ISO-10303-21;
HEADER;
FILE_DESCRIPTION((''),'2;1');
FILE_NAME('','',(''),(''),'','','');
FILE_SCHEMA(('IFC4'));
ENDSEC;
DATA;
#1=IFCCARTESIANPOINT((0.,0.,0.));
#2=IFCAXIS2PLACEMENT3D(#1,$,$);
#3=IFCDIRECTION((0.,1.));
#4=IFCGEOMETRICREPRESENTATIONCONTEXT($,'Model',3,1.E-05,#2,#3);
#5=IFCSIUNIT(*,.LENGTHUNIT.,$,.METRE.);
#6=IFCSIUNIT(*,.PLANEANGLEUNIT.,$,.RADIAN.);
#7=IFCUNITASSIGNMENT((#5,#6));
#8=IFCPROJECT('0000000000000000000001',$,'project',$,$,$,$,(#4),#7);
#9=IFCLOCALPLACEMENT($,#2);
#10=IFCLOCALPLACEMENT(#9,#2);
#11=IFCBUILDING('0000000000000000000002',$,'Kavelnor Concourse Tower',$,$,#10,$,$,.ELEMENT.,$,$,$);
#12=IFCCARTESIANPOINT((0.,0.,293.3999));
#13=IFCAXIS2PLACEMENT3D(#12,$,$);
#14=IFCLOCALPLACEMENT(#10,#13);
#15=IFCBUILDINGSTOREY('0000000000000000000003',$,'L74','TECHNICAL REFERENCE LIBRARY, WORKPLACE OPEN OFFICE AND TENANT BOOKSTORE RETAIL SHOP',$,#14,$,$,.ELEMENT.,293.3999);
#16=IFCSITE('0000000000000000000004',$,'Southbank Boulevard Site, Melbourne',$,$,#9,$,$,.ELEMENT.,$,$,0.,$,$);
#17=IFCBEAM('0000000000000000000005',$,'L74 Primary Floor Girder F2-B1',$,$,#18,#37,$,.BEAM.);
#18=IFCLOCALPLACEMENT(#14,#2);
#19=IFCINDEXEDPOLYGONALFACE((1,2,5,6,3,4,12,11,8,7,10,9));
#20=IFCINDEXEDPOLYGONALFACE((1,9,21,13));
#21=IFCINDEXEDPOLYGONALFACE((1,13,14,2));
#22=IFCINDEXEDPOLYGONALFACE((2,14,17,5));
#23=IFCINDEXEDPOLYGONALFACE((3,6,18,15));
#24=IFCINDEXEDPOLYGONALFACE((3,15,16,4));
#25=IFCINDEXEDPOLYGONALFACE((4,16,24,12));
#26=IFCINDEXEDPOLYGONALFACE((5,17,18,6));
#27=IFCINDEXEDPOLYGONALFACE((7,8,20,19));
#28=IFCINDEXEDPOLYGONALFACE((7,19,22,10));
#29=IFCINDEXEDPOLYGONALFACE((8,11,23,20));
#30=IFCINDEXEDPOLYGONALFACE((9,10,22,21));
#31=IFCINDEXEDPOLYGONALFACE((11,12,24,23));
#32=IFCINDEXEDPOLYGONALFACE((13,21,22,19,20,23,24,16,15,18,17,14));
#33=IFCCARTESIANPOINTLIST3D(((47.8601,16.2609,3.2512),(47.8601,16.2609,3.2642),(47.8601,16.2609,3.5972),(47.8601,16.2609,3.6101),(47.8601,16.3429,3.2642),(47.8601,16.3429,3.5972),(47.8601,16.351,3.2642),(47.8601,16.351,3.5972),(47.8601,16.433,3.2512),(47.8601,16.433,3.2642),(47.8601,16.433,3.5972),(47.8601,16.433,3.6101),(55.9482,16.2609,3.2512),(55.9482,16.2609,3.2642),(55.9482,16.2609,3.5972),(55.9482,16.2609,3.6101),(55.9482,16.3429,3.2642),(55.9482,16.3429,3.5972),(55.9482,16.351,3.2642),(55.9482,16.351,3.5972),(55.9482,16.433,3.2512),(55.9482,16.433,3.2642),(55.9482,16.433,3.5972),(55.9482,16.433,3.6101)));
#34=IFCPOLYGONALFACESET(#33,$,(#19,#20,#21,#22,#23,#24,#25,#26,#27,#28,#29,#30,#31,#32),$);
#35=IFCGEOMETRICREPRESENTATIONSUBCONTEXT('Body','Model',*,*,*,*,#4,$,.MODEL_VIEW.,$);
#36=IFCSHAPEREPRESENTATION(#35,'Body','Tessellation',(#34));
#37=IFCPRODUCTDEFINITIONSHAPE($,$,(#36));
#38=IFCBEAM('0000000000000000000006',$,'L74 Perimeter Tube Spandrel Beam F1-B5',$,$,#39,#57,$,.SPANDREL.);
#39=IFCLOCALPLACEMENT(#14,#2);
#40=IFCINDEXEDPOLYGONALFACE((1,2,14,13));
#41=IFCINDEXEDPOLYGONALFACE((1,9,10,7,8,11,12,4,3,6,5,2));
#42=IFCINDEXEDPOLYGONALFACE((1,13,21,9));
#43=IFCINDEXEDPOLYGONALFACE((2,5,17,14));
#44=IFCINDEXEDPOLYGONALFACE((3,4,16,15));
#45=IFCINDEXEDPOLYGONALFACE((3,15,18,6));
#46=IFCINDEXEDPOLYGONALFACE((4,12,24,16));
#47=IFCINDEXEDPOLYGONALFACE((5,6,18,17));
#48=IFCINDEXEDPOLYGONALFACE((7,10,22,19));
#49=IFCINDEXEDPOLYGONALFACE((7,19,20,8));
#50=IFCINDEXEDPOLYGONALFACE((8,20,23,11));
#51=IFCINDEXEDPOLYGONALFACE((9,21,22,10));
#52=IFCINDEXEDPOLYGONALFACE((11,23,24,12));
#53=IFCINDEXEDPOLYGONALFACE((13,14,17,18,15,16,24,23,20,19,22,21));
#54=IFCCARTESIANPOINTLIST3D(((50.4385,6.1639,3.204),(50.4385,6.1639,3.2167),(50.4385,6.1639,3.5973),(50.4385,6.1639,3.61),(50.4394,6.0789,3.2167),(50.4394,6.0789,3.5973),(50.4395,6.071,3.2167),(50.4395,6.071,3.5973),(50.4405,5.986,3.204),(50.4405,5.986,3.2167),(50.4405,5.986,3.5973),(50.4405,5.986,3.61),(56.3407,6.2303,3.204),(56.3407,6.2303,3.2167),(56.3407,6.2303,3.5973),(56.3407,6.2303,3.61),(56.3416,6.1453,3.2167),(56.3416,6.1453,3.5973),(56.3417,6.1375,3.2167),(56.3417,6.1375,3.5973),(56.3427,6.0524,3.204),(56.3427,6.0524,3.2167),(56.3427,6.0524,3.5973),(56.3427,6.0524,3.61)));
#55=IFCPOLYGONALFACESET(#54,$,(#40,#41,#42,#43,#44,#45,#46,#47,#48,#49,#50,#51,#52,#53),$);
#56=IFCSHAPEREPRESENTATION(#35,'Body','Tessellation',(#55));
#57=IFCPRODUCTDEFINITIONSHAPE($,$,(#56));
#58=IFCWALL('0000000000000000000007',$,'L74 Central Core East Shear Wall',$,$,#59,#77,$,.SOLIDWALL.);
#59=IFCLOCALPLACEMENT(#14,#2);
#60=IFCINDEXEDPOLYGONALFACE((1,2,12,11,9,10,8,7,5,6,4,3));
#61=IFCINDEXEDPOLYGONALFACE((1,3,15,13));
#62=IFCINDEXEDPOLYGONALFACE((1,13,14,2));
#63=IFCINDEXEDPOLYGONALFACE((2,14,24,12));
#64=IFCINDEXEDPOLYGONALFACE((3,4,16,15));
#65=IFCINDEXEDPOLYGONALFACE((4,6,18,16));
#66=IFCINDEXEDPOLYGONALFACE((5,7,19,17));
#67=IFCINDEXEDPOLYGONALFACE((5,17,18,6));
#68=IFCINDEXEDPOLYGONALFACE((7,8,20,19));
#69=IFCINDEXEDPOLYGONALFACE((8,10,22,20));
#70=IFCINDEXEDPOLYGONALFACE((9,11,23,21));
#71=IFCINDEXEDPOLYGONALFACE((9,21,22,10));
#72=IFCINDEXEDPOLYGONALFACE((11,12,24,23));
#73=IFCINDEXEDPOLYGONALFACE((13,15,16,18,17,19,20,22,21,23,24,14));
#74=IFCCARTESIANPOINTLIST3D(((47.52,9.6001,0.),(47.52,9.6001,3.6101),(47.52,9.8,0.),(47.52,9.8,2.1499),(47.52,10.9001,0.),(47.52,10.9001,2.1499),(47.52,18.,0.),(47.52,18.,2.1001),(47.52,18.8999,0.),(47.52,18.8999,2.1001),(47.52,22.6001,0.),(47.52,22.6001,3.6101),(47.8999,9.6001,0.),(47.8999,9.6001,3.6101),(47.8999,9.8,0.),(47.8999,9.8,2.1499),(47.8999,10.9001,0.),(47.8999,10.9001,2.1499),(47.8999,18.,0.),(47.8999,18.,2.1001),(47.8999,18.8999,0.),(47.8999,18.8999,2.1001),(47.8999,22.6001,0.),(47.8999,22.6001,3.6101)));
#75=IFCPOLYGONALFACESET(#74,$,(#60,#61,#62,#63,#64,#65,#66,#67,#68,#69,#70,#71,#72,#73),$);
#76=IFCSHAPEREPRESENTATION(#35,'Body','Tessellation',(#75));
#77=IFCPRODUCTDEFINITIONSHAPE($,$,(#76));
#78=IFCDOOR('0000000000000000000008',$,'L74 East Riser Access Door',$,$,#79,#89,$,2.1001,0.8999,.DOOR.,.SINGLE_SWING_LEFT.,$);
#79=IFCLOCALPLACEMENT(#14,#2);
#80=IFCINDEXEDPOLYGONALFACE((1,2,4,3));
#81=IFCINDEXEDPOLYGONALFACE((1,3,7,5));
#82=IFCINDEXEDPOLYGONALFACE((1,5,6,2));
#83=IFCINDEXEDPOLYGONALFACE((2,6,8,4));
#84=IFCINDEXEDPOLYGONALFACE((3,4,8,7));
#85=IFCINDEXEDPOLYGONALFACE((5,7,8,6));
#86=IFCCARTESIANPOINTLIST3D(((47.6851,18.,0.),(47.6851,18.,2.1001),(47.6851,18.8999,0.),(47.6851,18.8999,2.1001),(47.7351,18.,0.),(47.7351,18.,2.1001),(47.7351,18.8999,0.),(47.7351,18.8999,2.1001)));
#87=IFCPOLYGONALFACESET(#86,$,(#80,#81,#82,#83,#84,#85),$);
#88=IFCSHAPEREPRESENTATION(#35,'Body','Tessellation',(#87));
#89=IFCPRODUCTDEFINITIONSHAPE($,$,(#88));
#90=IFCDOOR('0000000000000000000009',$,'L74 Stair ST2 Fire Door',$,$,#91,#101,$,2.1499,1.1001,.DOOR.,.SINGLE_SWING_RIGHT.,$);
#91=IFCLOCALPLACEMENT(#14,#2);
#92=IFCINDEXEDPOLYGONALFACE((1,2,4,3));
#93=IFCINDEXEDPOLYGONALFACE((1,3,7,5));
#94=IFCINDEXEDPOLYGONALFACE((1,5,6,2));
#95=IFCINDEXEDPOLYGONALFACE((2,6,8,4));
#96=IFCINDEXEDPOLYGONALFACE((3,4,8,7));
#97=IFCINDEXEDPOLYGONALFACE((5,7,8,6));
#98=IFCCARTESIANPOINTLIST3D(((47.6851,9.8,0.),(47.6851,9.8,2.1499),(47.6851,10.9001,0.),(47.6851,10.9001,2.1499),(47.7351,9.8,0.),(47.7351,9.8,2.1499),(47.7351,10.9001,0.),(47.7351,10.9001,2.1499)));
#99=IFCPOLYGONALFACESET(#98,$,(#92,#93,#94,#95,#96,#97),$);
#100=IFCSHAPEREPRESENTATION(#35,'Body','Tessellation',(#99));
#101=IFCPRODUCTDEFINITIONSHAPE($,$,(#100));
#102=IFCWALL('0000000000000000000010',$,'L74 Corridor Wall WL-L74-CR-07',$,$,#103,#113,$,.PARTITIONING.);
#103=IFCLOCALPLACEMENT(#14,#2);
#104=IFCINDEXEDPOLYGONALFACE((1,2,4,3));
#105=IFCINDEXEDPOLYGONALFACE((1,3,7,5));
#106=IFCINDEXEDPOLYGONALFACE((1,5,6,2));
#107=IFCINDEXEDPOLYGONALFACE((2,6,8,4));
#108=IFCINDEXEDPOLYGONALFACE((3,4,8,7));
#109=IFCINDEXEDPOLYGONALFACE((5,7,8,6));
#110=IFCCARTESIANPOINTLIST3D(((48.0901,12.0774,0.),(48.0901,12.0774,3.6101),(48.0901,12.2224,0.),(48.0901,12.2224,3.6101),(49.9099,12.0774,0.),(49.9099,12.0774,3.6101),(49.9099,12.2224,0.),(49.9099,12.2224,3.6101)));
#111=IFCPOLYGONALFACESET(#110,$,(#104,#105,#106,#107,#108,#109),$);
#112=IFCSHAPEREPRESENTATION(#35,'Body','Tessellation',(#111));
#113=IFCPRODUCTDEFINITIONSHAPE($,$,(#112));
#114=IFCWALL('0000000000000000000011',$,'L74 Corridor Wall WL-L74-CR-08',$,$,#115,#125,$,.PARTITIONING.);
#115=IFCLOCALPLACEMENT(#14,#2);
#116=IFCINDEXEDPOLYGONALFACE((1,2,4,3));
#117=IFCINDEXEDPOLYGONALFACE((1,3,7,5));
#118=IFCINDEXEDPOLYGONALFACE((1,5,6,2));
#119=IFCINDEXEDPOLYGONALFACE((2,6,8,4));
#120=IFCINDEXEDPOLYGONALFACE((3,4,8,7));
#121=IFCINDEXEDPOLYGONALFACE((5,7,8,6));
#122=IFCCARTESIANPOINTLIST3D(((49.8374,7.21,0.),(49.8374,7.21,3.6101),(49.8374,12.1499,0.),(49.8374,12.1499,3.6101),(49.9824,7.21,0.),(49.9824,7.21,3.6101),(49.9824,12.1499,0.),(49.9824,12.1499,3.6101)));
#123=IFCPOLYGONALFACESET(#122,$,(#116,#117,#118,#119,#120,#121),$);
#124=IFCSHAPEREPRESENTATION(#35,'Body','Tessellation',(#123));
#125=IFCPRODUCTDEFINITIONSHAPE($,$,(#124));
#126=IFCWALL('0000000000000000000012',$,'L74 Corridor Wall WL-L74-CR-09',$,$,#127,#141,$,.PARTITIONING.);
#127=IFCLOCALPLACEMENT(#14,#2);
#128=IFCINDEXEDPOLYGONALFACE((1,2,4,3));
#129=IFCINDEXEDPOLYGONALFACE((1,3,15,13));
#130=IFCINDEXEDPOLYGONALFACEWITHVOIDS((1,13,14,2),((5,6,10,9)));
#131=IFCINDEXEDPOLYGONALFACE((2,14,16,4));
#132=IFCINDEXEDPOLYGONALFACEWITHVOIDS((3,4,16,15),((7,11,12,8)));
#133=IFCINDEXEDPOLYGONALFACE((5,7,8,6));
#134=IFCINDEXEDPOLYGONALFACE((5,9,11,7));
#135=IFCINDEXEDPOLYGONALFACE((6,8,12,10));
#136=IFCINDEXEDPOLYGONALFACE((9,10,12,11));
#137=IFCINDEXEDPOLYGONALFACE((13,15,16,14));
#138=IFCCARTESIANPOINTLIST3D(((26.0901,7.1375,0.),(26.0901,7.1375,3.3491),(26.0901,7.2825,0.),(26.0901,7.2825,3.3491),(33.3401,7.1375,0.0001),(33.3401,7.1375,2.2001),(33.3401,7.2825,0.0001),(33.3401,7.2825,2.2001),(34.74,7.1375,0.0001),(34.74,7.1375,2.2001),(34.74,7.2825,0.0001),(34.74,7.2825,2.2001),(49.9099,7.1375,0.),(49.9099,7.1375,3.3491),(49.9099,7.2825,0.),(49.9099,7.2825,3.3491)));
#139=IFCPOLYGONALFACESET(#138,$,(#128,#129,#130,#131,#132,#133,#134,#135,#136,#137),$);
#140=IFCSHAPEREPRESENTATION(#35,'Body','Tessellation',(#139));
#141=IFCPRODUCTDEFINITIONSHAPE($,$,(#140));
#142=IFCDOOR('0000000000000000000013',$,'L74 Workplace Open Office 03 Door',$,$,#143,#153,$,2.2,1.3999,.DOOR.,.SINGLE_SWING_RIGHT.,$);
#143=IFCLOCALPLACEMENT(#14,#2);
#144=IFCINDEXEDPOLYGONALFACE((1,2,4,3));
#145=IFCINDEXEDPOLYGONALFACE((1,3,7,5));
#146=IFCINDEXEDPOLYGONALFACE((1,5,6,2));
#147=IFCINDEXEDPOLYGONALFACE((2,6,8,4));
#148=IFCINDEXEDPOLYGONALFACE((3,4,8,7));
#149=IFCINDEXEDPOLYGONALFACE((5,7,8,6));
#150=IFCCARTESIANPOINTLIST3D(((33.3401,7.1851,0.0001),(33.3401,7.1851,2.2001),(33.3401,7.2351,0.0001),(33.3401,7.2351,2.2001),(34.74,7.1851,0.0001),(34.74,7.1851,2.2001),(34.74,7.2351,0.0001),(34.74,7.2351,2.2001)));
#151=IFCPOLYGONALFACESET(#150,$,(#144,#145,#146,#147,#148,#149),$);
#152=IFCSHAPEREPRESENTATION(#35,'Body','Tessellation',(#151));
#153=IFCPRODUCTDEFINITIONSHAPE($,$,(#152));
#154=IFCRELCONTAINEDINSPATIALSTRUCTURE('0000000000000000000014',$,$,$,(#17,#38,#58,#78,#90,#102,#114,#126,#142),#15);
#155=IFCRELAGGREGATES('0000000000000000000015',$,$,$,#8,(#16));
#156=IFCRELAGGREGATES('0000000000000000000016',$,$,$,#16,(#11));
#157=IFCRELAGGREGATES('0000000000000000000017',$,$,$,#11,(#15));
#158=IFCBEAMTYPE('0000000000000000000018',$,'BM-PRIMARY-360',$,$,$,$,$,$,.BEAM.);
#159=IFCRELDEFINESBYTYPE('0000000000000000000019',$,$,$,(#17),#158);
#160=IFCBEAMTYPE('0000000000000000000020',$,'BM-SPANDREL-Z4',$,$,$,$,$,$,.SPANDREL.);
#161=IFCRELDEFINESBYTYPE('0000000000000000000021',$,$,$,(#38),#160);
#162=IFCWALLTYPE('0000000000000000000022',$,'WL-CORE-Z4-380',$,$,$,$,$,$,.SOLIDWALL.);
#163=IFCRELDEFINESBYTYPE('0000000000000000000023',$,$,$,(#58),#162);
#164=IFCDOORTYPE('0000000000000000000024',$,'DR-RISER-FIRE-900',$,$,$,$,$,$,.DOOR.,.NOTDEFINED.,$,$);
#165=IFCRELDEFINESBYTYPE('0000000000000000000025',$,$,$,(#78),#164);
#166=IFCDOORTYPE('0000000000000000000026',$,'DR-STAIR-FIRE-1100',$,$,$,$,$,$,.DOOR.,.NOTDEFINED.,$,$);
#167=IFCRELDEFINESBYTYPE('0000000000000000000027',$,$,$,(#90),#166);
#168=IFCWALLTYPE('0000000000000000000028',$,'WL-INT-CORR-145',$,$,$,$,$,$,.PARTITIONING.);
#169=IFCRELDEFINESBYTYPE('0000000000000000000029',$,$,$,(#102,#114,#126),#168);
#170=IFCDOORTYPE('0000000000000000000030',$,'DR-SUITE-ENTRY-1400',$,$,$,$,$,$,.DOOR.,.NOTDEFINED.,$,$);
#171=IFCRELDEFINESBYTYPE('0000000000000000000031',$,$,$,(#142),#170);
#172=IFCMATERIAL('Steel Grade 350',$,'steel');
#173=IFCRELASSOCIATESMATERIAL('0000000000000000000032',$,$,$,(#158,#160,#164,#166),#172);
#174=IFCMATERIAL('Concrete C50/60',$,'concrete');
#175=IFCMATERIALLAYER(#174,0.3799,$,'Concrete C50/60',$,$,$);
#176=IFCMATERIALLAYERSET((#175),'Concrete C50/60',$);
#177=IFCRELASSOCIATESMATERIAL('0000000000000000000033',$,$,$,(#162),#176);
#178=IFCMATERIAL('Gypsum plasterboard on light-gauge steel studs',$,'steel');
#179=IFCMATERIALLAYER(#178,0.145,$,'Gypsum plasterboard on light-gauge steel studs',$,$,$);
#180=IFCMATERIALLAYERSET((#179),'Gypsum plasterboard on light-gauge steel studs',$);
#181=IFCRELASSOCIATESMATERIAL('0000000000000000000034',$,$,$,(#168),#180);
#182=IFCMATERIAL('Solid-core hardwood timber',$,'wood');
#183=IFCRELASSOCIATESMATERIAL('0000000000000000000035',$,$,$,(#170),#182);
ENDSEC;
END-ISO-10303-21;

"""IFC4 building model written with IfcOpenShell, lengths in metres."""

from ifc_helpers import new_model, si_unit, direction, frame, frame_2d, origin, origin_2d, place, context, subcontext, project, spatial, rectangle, i_section, extrude, material, layer, layer_set, material_profile, profile_set, type_object, element, fill, save


model = new_model("IFC4")

# Units and contexts
model_context = context("Model", 3, precision=1e-05, world=origin(), true_north=direction((0.0, 1.0)))
body_context = subcontext(model_context, "Body", "Model", "MODEL_VIEW")
ifc_project = project(units=[si_unit("LENGTHUNIT", "METRE"), si_unit("PLANEANGLEUNIT", "RADIAN")], contexts=[model_context])

# Site, building, storey
site_placement = place(None, origin())
site = spatial("IfcSite", under=ifc_project, at=site_placement, Name="Southbank Boulevard Site, Melbourne", CompositionType="ELEMENT", RefElevation=0.0)
building_placement = place(site_placement, origin())
building = spatial("IfcBuilding", under=site, at=building_placement, Name="Kavelnor Concourse Tower", CompositionType="ELEMENT")
storey_placement = place(building_placement, frame((0.0, 0.0, 293.3999)))
storey = spatial("IfcBuildingStorey", under=building, at=storey_placement, Name="L74", Description="TECHNICAL REFERENCE LIBRARY, WORKPLACE OPEN OFFICE AND TENANT BOOKSTORE RETAIL SHOP", CompositionType="ELEMENT", Elevation=293.3999)

# Shared definitions
ifc_material_1 = material(Name="Steel Grade 350", Category="steel")

# Beams
ifc_material_profile_1 = material_profile(ifc_material_1, i_section(OverallWidth=0.1721, OverallDepth=0.3589, WebThickness=0.0081, FlangeThickness=0.0129, at=origin_2d()), Name="360UB56")
ifc_profile_set_1 = profile_set([ifc_material_profile_1], Name="Steel Grade 350")
beam_type_1 = type_object("IfcBeamType", Name="BM-PRIMARY-360", PredefinedType="BEAM", material=ifc_profile_set_1)
beam_1_placement = place(storey_placement, frame((47.8601, 16.3469, 3.4307), z_axis=(1.0, 0.0, 0.0), x_axis=(0.0, 1.0, 0.0)))
element("IfcBeam", 1, at=beam_1_placement, inside=storey, type_object=beam_type_1, Name="L74 Primary Floor Girder F2-B1", PredefinedType="BEAM", context=body_context, shape_type="SweptSolid", body=[
    extrude(i_section(OverallWidth=0.1721, OverallDepth=0.3589, WebThickness=0.0081, FlangeThickness=0.0129, at=origin_2d()), origin(), (0.0, 0.0, 1.0), 8.0881),
])
ifc_material_profile_2 = material_profile(ifc_material_1, i_section(OverallWidth=0.178, OverallDepth=0.406, WebThickness=0.0078, FlangeThickness=0.0127, at=origin_2d()), Name="410UB59")
ifc_profile_set_2 = profile_set([ifc_material_profile_2], Name="Steel Grade 350")
beam_type_2 = type_object("IfcBeamType", Name="BM-SPANDREL-Z4", PredefinedType="SPANDREL", material=ifc_profile_set_2)
beam_2_placement = place(storey_placement, frame((50.4395, 6.075, 3.407), z_axis=(0.999937, 0.011251, 0.0), x_axis=(-0.011251, 0.999937, 0.0)))
element("IfcBeam", 2, at=beam_2_placement, inside=storey, type_object=beam_type_2, Name="L74 Perimeter Tube Spandrel Beam F1-B5", PredefinedType="SPANDREL", context=body_context, shape_type="SweptSolid", body=[
    extrude(i_section(OverallWidth=0.178, OverallDepth=0.406, WebThickness=0.0078, FlangeThickness=0.0127, at=origin_2d()), origin(), (0.0, 0.0, 1.0), 5.9026),
])

# Wall, openings, doors
ifc_material_2 = material(Name="Concrete C50/60", Category="concrete")
ifc_layer_1 = layer(ifc_material_2, 0.3799, Name="Concrete C50/60")
ifc_layer_set_1 = layer_set([ifc_layer_1], Name="Concrete C50/60")
wall_type_1 = type_object("IfcWallType", Name="WL-CORE-Z4-380", PredefinedType="SOLIDWALL", material=ifc_layer_set_1)
wall_1_placement = place(storey_placement, frame((47.71, 9.6001, 0.0), z_axis=(0.0, 0.0, 1.0), x_axis=(0.0, 1.0, 0.0)))
wall_1 = element("IfcWall", 3, at=wall_1_placement, inside=storey, type_object=wall_type_1, Name="L74 Central Core East Shear Wall", PredefinedType="SOLIDWALL", context=body_context, shape_type="SweptSolid", body=[
    extrude(rectangle(XDim=13.0, YDim=0.3799, at=frame_2d((6.5, 0.0))), origin(), (0.0, 0.0, 1.0), 3.6101),
])
opening_1_placement = place(wall_1_placement, frame((0.2, 0.0, 0.0)))
opening_1 = element("IfcOpeningElement", 4, at=opening_1_placement, cuts=wall_1, PredefinedType="OPENING", context=body_context, shape_type="SweptSolid", body=[
    extrude(rectangle(XDim=1.1001, YDim=2.1499, at=frame_2d((0.55, 1.075))), frame((0.0, 0.2, 0.0), z_axis=(0.0, -1.0, 0.0), x_axis=(1.0, 0.0, 0.0)), (0.0, 0.0, 1.0), 0.3999),
])
opening_2_placement = place(wall_1_placement, frame((8.3999, 0.0, 0.0)))
opening_2 = element("IfcOpeningElement", 5, at=opening_2_placement, cuts=wall_1, PredefinedType="OPENING", context=body_context, shape_type="SweptSolid", body=[
    extrude(rectangle(XDim=0.8999, YDim=2.1001, at=frame_2d((0.45, 1.05))), frame((0.0, 0.2, 0.0), z_axis=(0.0, -1.0, 0.0), x_axis=(1.0, 0.0, 0.0)), (0.0, 0.0, 1.0), 0.3999),
])
door_type_1 = type_object("IfcDoorType", Name="DR-RISER-FIRE-900", OperationType="NOTDEFINED", PredefinedType="DOOR", material=ifc_material_1)
door_1_placement = place(opening_2_placement, origin())
door_1 = element("IfcDoor", 6, at=door_1_placement, inside=storey, type_object=door_type_1, Name="L74 East Riser Access Door", OperationType="SINGLE_SWING_LEFT", OverallHeight=2.1001, OverallWidth=0.8999, PredefinedType="DOOR", context=body_context, shape_type="SweptSolid", body=[
    extrude(rectangle(XDim=0.8999, YDim=2.1001, at=frame_2d((0.45, 1.05))), frame((0.0, 0.0249, 0.0), z_axis=(0.0, -1.0, 0.0), x_axis=(1.0, 0.0, 0.0)), (0.0, 0.0, 1.0), 0.05),
])
fill(opening_2, door_1)
door_type_2 = type_object("IfcDoorType", Name="DR-STAIR-FIRE-1100", OperationType="NOTDEFINED", PredefinedType="DOOR", material=ifc_material_1)
door_2_placement = place(opening_1_placement, origin())
door_2 = element("IfcDoor", 7, at=door_2_placement, inside=storey, type_object=door_type_2, Name="L74 Stair ST2 Fire Door", OperationType="SINGLE_SWING_RIGHT", OverallHeight=2.1499, OverallWidth=1.1001, PredefinedType="DOOR", context=body_context, shape_type="SweptSolid", body=[
    extrude(rectangle(XDim=1.1001, YDim=2.1499, at=frame_2d((0.55, 1.075))), frame((0.0, 0.0249, 0.0), z_axis=(0.0, -1.0, 0.0), x_axis=(1.0, 0.0, 0.0)), (0.0, 0.0, 1.0), 0.05),
])
fill(opening_1, door_2)

# Walls
ifc_material_3 = material(Name="Gypsum plasterboard on light-gauge steel studs", Category="steel")
ifc_layer_2 = layer(ifc_material_3, 0.145, Name="Gypsum plasterboard on light-gauge steel studs")
ifc_layer_set_2 = layer_set([ifc_layer_2], Name="Gypsum plasterboard on light-gauge steel studs")
wall_type_2 = type_object("IfcWallType", Name="WL-INT-CORR-145", PredefinedType="PARTITIONING", material=ifc_layer_set_2)
wall_2_placement = place(storey_placement, frame((48.0901, 12.1499, 0.0), z_axis=(0.0, 0.0, 1.0), x_axis=(1.0, 0.0, 0.0)))
element("IfcWall", 8, at=wall_2_placement, inside=storey, type_object=wall_type_2, Name="L74 Corridor Wall WL-L74-CR-07", PredefinedType="PARTITIONING", context=body_context, shape_type="SweptSolid", body=[
    extrude(rectangle(XDim=1.8198, YDim=0.145, at=frame_2d((0.9099, 0.0))), origin(), (0.0, 0.0, 1.0), 3.6101),
])
wall_3_placement = place(storey_placement, frame((49.9099, 12.1499, 0.0), z_axis=(0.0, 0.0, 1.0), x_axis=(0.0, -1.0, 0.0)))
element("IfcWall", 9, at=wall_3_placement, inside=storey, type_object=wall_type_2, Name="L74 Corridor Wall WL-L74-CR-08", PredefinedType="PARTITIONING", context=body_context, shape_type="SweptSolid", body=[
    extrude(rectangle(XDim=4.9399, YDim=0.145, at=frame_2d((2.47, 0.0))), origin(), (0.0, 0.0, 1.0), 3.6101),
])

# Wall, opening, door
wall_4_placement = place(storey_placement, frame((49.9099, 7.21, 0.0), z_axis=(0.0, 0.0, 1.0), x_axis=(-1.0, 0.0, 0.0)))
wall_4 = element("IfcWall", 10, at=wall_4_placement, inside=storey, type_object=wall_type_2, Name="L74 Corridor Wall WL-L74-CR-09", PredefinedType="PARTITIONING", context=body_context, shape_type="SweptSolid", body=[
    extrude(rectangle(XDim=23.8198, YDim=0.145, at=frame_2d((11.9099, 0.0))), origin(), (0.0, 0.0, 1.0), 3.3491),
])
opening_3_placement = place(wall_4_placement, frame((15.1699, 0.0, 0.0)))
opening_3 = element("IfcOpeningElement", 11, at=opening_3_placement, cuts=wall_4, PredefinedType="OPENING", context=body_context, shape_type="SweptSolid", body=[
    extrude(rectangle(XDim=1.3999, YDim=2.2, at=frame_2d((0.7, 1.1001))), frame((0.0, 0.0825, 0.0), z_axis=(0.0, -1.0, 0.0), x_axis=(1.0, 0.0, 0.0)), (0.0, 0.0, 1.0), 0.165),
])
ifc_material_4 = material(Name="Solid-core hardwood timber", Category="wood")
door_type_3 = type_object("IfcDoorType", Name="DR-SUITE-ENTRY-1400", OperationType="NOTDEFINED", PredefinedType="DOOR", material=ifc_material_4)
door_3_placement = place(opening_3_placement, origin())
door_3 = element("IfcDoor", 12, at=door_3_placement, inside=storey, type_object=door_type_3, Name="L74 Workplace Open Office 03 Door", OperationType="SINGLE_SWING_RIGHT", OverallHeight=2.2, OverallWidth=1.3999, PredefinedType="DOOR", context=body_context, shape_type="SweptSolid", body=[
    extrude(rectangle(XDim=1.3999, YDim=2.2, at=frame_2d((0.7, 1.1001))), frame((0.0, 0.0249, 0.0), z_axis=(0.0, -1.0, 0.0), x_axis=(1.0, 0.0, 0.0)), (0.0, 0.0, 1.0), 0.05),
])
fill(opening_3, door_3)

save(model, "model.ifc")
